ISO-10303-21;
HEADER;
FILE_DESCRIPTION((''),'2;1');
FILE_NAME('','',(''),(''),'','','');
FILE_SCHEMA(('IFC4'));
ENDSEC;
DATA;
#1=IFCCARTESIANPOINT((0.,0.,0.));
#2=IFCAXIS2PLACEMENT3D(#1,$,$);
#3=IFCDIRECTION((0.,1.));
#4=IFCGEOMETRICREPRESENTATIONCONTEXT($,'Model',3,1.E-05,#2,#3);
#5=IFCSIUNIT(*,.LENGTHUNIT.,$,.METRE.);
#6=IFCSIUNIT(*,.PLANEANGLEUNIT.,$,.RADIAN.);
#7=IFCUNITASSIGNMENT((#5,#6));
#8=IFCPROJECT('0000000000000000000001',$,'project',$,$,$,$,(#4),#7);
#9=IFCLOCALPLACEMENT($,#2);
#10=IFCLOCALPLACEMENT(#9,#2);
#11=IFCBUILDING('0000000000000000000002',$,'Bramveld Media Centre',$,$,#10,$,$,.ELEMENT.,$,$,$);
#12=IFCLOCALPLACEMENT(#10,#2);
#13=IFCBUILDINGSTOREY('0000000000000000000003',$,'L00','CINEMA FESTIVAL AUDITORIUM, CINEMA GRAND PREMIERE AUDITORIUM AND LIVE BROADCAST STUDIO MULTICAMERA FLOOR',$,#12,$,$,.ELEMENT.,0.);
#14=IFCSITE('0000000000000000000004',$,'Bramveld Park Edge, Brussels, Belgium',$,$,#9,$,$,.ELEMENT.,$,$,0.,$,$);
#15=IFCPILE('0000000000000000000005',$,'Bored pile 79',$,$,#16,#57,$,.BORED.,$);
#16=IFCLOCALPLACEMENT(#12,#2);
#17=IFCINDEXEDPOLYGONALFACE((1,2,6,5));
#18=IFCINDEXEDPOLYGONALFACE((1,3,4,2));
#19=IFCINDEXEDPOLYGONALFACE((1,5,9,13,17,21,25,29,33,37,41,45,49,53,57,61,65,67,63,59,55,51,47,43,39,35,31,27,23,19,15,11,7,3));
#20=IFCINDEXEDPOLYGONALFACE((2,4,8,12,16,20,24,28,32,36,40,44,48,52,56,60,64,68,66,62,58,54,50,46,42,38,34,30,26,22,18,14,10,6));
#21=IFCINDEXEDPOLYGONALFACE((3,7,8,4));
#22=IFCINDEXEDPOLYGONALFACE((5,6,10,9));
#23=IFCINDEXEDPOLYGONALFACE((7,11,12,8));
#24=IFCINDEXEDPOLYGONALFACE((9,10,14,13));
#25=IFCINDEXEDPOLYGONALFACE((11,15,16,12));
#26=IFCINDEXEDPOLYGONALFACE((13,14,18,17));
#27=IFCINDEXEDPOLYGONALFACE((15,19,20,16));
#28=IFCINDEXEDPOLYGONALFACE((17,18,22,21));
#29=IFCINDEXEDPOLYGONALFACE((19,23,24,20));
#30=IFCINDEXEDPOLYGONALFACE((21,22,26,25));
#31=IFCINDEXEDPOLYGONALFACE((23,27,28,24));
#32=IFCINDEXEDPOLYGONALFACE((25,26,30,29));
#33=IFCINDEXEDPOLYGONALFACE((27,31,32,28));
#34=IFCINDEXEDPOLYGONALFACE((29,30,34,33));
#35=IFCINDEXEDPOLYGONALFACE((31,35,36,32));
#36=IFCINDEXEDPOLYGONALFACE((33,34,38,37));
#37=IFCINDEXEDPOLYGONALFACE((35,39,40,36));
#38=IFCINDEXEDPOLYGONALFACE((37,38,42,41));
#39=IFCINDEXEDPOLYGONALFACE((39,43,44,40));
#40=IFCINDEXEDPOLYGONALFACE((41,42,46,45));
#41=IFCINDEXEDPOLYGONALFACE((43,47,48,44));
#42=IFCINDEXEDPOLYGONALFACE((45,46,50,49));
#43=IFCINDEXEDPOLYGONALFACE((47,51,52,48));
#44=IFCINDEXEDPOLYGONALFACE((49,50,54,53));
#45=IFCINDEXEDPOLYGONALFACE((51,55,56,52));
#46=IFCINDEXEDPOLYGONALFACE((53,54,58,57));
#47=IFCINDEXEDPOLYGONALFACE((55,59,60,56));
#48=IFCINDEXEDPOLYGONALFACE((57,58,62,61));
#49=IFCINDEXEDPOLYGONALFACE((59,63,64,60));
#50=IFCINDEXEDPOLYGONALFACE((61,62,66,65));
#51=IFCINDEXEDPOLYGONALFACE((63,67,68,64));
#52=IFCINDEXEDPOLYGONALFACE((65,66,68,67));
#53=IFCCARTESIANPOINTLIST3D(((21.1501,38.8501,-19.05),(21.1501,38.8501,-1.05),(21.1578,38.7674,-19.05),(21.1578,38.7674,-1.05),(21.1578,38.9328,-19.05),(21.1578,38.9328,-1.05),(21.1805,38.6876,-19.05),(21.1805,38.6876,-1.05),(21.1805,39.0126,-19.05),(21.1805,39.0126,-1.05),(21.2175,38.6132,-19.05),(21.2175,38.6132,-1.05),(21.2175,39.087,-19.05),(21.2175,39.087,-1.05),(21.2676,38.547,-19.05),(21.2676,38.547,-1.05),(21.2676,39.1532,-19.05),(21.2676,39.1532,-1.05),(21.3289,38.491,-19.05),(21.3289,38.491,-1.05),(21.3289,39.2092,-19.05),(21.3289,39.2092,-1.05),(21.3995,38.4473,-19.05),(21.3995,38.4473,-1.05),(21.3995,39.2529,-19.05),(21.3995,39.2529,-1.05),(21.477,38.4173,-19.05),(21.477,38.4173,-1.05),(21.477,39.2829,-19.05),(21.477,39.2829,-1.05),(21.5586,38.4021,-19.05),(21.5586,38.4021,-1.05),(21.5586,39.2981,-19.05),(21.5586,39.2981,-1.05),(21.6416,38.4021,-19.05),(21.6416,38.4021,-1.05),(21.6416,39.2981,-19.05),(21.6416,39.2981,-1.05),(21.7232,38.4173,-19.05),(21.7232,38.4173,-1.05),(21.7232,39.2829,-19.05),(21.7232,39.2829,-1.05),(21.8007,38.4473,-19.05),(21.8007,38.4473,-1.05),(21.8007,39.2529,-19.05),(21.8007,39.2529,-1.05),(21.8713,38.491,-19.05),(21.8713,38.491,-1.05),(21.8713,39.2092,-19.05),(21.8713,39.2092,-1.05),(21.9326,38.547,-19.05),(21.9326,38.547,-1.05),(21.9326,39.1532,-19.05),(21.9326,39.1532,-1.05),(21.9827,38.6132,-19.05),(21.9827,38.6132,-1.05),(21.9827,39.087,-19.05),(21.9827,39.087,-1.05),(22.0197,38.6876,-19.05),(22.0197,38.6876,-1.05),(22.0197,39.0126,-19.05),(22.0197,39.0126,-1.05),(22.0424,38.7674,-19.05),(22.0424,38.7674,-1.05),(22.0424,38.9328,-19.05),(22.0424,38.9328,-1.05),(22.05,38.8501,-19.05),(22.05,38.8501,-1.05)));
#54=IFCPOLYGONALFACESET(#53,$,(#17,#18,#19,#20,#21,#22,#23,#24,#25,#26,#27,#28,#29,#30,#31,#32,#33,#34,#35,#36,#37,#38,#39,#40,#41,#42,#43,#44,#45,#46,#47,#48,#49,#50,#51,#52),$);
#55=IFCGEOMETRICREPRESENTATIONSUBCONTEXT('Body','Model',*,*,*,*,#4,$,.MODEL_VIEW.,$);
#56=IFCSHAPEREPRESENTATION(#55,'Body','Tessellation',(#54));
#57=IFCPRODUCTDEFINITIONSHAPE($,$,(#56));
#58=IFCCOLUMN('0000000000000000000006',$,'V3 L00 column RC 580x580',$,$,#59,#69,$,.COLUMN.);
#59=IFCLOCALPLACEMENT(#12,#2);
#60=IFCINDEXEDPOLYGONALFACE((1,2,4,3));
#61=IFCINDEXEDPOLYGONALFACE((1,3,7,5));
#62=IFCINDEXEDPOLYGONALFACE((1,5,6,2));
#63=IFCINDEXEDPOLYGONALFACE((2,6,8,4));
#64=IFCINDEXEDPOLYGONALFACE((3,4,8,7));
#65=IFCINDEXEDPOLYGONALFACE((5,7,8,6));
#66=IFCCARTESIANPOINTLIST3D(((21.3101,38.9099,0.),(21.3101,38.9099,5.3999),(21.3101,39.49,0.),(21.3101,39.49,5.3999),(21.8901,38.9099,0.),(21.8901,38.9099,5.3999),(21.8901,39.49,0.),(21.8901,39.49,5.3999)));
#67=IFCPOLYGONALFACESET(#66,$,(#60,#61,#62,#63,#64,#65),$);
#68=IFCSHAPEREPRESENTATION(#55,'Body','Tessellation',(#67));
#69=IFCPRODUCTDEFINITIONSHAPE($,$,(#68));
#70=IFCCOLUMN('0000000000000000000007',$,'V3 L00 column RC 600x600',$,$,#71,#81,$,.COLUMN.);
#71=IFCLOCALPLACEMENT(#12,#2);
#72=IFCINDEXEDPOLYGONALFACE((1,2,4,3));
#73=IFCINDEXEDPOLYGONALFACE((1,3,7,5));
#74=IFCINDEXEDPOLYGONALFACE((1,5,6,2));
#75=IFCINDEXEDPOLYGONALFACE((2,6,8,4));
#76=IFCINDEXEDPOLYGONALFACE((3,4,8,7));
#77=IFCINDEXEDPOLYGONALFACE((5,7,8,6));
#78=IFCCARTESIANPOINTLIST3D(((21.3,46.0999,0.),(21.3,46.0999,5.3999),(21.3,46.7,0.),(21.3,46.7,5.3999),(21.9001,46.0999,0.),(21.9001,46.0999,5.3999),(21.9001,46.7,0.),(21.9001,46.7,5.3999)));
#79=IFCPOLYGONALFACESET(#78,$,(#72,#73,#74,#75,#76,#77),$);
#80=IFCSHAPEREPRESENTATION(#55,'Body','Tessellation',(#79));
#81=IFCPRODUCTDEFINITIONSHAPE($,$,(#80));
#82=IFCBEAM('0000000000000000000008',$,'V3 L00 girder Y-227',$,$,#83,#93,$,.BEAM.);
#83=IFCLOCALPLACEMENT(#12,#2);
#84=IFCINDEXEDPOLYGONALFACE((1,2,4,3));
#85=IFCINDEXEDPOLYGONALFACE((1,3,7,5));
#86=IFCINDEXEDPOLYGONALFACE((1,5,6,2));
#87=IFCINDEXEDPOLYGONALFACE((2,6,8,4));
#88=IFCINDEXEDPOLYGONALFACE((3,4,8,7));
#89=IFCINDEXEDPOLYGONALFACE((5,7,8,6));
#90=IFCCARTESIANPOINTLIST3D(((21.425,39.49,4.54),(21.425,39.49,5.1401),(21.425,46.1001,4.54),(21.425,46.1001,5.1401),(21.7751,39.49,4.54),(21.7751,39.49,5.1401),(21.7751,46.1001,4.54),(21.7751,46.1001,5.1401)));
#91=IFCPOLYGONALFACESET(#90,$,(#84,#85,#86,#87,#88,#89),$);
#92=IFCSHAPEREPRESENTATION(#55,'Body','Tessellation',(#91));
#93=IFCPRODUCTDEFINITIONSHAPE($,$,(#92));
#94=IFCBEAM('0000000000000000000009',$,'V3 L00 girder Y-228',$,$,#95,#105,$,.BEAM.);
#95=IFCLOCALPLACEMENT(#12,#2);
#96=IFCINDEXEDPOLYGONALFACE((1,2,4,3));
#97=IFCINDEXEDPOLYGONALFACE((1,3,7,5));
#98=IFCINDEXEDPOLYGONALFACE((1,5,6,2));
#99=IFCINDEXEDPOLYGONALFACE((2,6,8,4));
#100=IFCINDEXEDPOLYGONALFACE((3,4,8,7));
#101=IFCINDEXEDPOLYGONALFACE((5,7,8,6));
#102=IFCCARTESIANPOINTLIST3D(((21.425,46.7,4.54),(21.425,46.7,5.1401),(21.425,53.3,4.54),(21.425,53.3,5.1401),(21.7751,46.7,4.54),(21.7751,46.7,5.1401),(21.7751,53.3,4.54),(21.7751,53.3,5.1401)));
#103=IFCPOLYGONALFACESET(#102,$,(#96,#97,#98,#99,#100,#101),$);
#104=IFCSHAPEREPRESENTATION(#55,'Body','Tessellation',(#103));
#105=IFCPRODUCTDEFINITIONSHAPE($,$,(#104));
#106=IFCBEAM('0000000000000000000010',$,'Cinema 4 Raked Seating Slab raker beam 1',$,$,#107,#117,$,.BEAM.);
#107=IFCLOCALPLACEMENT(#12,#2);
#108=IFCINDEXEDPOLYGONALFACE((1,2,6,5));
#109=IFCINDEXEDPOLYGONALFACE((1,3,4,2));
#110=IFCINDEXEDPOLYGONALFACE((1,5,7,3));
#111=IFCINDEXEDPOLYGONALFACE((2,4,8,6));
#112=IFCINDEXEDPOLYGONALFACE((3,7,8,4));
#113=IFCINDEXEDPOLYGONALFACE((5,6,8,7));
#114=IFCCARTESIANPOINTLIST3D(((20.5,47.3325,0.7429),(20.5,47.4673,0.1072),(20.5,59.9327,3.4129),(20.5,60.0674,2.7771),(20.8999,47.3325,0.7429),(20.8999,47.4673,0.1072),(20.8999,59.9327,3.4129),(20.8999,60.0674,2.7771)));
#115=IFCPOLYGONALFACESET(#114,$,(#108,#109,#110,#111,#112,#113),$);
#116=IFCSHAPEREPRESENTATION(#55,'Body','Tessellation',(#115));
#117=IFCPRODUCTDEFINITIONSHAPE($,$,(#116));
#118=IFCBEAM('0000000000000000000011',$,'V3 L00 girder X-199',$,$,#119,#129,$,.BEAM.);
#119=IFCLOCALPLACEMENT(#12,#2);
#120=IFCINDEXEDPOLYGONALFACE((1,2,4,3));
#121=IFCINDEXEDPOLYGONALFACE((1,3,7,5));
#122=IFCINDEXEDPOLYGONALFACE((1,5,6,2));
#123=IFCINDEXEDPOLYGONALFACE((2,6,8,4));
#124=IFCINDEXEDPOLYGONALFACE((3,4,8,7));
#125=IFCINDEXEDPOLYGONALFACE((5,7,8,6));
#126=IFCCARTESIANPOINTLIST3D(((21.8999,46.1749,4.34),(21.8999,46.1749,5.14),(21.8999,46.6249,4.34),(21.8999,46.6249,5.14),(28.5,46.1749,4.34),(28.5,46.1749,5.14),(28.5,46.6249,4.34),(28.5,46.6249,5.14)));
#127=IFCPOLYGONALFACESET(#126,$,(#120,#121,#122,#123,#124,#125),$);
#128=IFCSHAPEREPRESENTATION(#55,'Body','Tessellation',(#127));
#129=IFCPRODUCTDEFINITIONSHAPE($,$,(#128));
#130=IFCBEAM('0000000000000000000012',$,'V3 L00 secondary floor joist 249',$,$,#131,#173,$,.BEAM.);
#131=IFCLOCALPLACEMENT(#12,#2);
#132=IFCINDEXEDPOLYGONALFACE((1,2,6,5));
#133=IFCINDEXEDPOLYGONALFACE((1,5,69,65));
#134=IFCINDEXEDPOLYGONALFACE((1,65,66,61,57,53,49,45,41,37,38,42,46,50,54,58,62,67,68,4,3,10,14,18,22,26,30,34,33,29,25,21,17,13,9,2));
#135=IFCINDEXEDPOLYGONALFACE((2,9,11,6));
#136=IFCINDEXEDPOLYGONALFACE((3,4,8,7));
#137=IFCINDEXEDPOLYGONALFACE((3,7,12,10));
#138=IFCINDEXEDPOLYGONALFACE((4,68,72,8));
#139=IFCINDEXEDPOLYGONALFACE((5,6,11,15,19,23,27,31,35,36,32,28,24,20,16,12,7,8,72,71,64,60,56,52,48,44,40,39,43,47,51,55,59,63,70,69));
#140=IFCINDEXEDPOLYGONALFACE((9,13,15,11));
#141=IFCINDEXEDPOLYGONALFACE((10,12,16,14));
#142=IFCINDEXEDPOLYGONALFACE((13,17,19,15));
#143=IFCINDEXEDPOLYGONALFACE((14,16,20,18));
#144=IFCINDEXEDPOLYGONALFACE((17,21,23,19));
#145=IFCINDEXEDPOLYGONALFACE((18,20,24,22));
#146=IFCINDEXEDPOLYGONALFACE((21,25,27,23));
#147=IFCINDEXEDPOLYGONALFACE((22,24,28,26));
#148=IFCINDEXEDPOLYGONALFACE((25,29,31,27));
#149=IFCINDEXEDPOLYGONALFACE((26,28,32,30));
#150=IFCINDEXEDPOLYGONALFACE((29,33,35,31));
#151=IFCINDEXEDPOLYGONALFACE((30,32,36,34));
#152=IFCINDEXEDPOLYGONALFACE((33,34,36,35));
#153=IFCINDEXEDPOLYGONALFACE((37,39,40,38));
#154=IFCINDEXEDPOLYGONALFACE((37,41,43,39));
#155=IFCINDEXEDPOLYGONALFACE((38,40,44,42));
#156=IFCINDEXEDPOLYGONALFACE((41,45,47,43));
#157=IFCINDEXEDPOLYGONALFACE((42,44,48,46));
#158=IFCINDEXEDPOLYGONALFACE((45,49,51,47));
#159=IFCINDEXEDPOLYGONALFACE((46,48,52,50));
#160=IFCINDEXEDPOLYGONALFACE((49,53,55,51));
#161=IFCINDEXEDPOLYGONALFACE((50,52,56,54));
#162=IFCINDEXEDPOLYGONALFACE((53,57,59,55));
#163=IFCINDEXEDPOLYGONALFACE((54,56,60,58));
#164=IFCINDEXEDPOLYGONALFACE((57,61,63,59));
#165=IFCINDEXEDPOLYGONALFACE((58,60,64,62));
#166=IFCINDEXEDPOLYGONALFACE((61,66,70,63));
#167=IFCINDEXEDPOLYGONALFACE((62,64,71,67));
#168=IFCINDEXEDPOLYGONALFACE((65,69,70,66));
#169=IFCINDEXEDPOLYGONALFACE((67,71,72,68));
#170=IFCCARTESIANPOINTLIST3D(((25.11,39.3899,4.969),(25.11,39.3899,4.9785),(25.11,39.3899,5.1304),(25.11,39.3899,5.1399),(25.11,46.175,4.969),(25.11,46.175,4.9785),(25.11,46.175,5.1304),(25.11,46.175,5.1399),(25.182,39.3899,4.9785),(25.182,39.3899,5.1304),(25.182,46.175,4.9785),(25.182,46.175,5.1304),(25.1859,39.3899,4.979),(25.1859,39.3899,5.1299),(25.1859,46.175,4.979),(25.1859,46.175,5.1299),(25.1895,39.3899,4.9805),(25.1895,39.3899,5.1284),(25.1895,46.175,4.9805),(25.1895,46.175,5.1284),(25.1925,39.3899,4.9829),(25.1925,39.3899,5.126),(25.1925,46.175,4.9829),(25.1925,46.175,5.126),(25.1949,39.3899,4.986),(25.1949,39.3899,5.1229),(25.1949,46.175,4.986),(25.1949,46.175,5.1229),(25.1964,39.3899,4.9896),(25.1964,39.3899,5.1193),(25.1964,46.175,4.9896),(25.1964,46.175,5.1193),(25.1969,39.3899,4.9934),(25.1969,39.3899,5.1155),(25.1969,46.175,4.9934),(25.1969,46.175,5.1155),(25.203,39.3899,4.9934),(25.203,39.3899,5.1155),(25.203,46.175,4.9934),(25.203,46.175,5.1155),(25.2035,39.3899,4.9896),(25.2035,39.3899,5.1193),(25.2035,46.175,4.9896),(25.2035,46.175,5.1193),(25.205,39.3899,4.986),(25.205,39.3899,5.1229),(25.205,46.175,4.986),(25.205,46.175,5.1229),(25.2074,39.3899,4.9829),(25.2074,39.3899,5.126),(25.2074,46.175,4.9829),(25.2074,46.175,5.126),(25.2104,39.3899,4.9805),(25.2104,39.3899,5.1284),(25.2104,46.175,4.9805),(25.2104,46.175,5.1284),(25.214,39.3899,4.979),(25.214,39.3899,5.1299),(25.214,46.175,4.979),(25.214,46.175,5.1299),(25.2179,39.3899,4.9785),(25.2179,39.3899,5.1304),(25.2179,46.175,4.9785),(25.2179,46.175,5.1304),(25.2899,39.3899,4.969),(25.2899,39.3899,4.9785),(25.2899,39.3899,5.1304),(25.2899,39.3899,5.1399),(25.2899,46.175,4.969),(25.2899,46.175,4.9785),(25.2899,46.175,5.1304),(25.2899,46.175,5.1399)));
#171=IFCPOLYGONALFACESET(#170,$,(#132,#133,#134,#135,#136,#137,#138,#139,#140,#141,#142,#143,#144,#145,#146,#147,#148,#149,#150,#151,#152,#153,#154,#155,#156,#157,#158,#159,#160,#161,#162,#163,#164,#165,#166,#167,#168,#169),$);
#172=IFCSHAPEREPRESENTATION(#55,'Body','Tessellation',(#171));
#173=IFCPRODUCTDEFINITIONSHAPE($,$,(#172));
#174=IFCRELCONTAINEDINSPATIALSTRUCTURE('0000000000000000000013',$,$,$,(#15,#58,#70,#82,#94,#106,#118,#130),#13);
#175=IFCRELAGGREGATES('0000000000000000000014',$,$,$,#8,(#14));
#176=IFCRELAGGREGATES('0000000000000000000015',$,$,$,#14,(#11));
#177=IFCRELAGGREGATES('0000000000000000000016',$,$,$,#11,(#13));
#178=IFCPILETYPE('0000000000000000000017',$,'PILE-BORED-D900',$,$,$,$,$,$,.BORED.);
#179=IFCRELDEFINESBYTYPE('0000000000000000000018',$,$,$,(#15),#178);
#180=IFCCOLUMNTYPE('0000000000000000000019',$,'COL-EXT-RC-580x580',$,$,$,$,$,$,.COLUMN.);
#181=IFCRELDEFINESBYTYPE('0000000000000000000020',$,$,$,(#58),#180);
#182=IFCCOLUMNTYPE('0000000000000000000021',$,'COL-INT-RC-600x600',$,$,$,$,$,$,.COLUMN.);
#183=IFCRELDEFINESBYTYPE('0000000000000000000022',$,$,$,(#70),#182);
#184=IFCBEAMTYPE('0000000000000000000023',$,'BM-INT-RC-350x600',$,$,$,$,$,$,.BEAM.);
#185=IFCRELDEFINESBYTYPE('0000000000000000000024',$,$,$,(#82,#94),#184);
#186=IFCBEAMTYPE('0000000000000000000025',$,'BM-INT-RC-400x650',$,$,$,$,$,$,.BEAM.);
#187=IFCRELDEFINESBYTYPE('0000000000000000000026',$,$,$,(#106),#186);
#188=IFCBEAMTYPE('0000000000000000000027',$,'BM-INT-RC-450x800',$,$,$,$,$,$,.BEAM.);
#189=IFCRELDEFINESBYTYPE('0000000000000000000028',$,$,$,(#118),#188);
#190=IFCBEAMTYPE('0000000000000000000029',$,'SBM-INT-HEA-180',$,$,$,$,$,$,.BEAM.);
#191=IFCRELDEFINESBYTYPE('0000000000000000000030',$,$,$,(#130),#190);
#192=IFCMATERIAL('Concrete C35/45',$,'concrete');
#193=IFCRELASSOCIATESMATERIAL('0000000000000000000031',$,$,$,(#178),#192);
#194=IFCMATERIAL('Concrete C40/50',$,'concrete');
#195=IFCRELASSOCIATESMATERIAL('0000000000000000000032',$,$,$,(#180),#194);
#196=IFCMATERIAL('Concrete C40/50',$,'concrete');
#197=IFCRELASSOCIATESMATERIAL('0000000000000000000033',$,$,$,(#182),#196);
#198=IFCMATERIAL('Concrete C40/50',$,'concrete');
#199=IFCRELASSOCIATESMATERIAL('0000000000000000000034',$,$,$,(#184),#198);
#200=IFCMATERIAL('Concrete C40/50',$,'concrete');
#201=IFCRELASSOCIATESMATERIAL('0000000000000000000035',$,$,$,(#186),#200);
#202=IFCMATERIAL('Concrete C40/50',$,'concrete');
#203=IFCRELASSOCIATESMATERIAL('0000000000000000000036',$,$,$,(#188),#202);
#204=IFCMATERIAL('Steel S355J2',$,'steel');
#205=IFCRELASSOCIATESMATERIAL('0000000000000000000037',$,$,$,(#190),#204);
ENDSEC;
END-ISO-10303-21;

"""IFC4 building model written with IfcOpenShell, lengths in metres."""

from ifc_helpers import new_model, si_unit, direction, frame, origin, origin_2d, place, context, subcontext, project, spatial, rectangle, circle, i_section, extrude, material, material_profile, profile_set, type_object, element, save


model = new_model("IFC4")

# Units and contexts
model_context = context("Model", 3, precision=1e-05, world=origin(), true_north=direction((0.0, 1.0)))
body_context = subcontext(model_context, "Body", "Model", "MODEL_VIEW")
ifc_project = project(units=[si_unit("LENGTHUNIT", "METRE"), si_unit("PLANEANGLEUNIT", "RADIAN")], contexts=[model_context])

# Site, building, storey
site_placement = place(None, origin())
site = spatial("IfcSite", under=ifc_project, at=site_placement, Name="Bramveld Park Edge, Brussels, Belgium", CompositionType="ELEMENT", RefElevation=0.0)
building_placement = place(site_placement, origin())
building = spatial("IfcBuilding", under=site, at=building_placement, Name="Bramveld Media Centre", CompositionType="ELEMENT")
storey_placement = place(building_placement, origin())
storey = spatial("IfcBuildingStorey", under=building, at=storey_placement, Name="L00", Description="CINEMA FESTIVAL AUDITORIUM, CINEMA GRAND PREMIERE AUDITORIUM AND LIVE BROADCAST STUDIO MULTICAMERA FLOOR", CompositionType="ELEMENT", Elevation=0.0)

# Pile
ifc_material_1 = material(Name="Concrete C35/45", Category="concrete")
ifc_material_profile_1 = material_profile(ifc_material_1, circle(Radius=0.45, at=origin_2d()), Name="BORED D900")
ifc_profile_set_1 = profile_set([ifc_material_profile_1], Name="Concrete C35/45")
pile_type_1 = type_object("IfcPileType", Name="PILE-BORED-D900", PredefinedType="BORED", material=ifc_profile_set_1)
for number, where, z_axis, x_axis, name in (
    (1, (21.6001, 38.8501, -1.05), (0.0, 0.0, -1.0), (1.0, 0.0, 0.0), "Bored pile 79"),
):
    element("IfcPile", number, at=place(storey_placement, frame(where, z_axis=z_axis, x_axis=x_axis)), inside=storey, type_object=pile_type_1, Name=name, PredefinedType="BORED", context=body_context, shape_type="SweptSolid", body=[
        extrude(circle(Radius=0.45, at=origin_2d()), origin(), (0.0, 0.0, 1.0), 18.0),
    ])

# Columns
ifc_material_2 = material(Name="Concrete C40/50", Category="concrete")
ifc_material_profile_2 = material_profile(ifc_material_2, rectangle(XDim=0.5801, YDim=0.5801, at=origin_2d()), Name="RC 580x580")
ifc_profile_set_2 = profile_set([ifc_material_profile_2], Name="Concrete C40/50")
column_type_1 = type_object("IfcColumnType", Name="COL-EXT-RC-580x580", PredefinedType="COLUMN", material=ifc_profile_set_2)
column_1_placement = place(storey_placement, frame((21.6001, 39.2, 0.0), z_axis=(0.0, 0.0, 1.0), x_axis=(1.0, 0.0, 0.0)))
element("IfcColumn", 2, at=column_1_placement, inside=storey, type_object=column_type_1, Name="V3 L00 column RC 580x580", PredefinedType="COLUMN", context=body_context, shape_type="SweptSolid", body=[
    extrude(rectangle(XDim=0.5801, YDim=0.5801, at=origin_2d()), origin(), (0.0, 0.0, 1.0), 5.3999),
])
ifc_material_3 = material(Name="Concrete C40/50", Category="concrete")
ifc_material_profile_3 = material_profile(ifc_material_3, rectangle(XDim=0.6001, YDim=0.6001, at=origin_2d()), Name="RC 600x600")
ifc_profile_set_3 = profile_set([ifc_material_profile_3], Name="Concrete C40/50")
column_type_2 = type_object("IfcColumnType", Name="COL-INT-RC-600x600", PredefinedType="COLUMN", material=ifc_profile_set_3)
column_2_placement = place(storey_placement, frame((21.6001, 46.3999, 0.0), z_axis=(0.0, 0.0, 1.0), x_axis=(1.0, 0.0, 0.0)))
element("IfcColumn", 3, at=column_2_placement, inside=storey, type_object=column_type_2, Name="V3 L00 column RC 600x600", PredefinedType="COLUMN", context=body_context, shape_type="SweptSolid", body=[
    extrude(rectangle(XDim=0.6001, YDim=0.6001, at=origin_2d()), origin(), (0.0, 0.0, 1.0), 5.3999),
])

# Beams
ifc_material_4 = material(Name="Concrete C40/50", Category="concrete")
ifc_material_profile_4 = material_profile(ifc_material_4, rectangle(XDim=0.3501, YDim=0.6001, at=origin_2d()), Name="RC 350x600")
ifc_profile_set_4 = profile_set([ifc_material_profile_4], Name="Concrete C40/50")
beam_type_1 = type_object("IfcBeamType", Name="BM-INT-RC-350x600", PredefinedType="BEAM", material=ifc_profile_set_4)
beam_1_placement = place(storey_placement, frame((21.6001, 39.49, 4.8401), z_axis=(0.0, 1.0, 0.0), x_axis=(-1.0, 0.0, 0.0)))
element("IfcBeam", 4, at=beam_1_placement, inside=storey, type_object=beam_type_1, Name="V3 L00 girder Y-227", PredefinedType="BEAM", context=body_context, shape_type="SweptSolid", body=[
    extrude(rectangle(XDim=0.3501, YDim=0.6001, at=origin_2d()), origin(), (0.0, 0.0, 1.0), 6.6101),
])
beam_2_placement = place(storey_placement, frame((21.6001, 46.7, 4.8401), z_axis=(0.0, 1.0, 0.0), x_axis=(-1.0, 0.0, 0.0)))
element("IfcBeam", 5, at=beam_2_placement, inside=storey, type_object=beam_type_1, Name="V3 L00 girder Y-228", PredefinedType="BEAM", context=body_context, shape_type="SweptSolid", body=[
    extrude(rectangle(XDim=0.3501, YDim=0.6001, at=origin_2d()), origin(), (0.0, 0.0, 1.0), 6.6001),
])
ifc_material_5 = material(Name="Concrete C40/50", Category="concrete")
ifc_material_profile_5 = material_profile(ifc_material_5, rectangle(XDim=0.3999, YDim=0.6499, at=origin_2d()), Name="RC 400x650")
ifc_profile_set_5 = profile_set([ifc_material_profile_5], Name="Concrete C40/50")
beam_type_2 = type_object("IfcBeamType", Name="BM-INT-RC-400x650", PredefinedType="BEAM", material=ifc_profile_set_5)
beam_3_placement = place(storey_placement, frame((20.7, 47.3999, 0.425), z_axis=(0.0, 0.978279, 0.207294), x_axis=(-1.0, 0.0, 0.0)))
element("IfcBeam", 6, at=beam_3_placement, inside=storey, type_object=beam_type_2, Name="Cinema 4 Raked Seating Slab raker beam 1", PredefinedType="BEAM", context=body_context, shape_type="SweptSolid", body=[
    extrude(rectangle(XDim=0.3999, YDim=0.6499, at=origin_2d()), origin(), (0.0, 0.0, 1.0), 12.8799),
])
ifc_material_6 = material(Name="Concrete C40/50", Category="concrete")
ifc_material_profile_6 = material_profile(ifc_material_6, rectangle(XDim=0.45, YDim=0.8, at=origin_2d()), Name="RC 450x800")
ifc_profile_set_6 = profile_set([ifc_material_profile_6], Name="Concrete C40/50")
beam_type_3 = type_object("IfcBeamType", Name="BM-INT-RC-450x800", PredefinedType="BEAM", material=ifc_profile_set_6)
beam_4_placement = place(storey_placement, frame((21.8999, 46.3999, 4.74), z_axis=(1.0, 0.0, 0.0), x_axis=(0.0, 1.0, 0.0)))
element("IfcBeam", 7, at=beam_4_placement, inside=storey, type_object=beam_type_3, Name="V3 L00 girder X-199", PredefinedType="BEAM", context=body_context, shape_type="SweptSolid", body=[
    extrude(rectangle(XDim=0.45, YDim=0.8, at=origin_2d()), origin(), (0.0, 0.0, 1.0), 6.6001),
])
ifc_material_7 = material(Name="Steel S355J2", Category="steel")
ifc_material_profile_7 = material_profile(ifc_material_7, i_section(OverallWidth=0.1799, OverallDepth=0.1709, WebThickness=0.0061, FlangeThickness=0.0095, FilletRadius=0.0149, at=origin_2d()), Name="HEA 180")
ifc_profile_set_7 = profile_set([ifc_material_profile_7], Name="Steel S355J2")
beam_type_4 = type_object("IfcBeamType", Name="SBM-INT-HEA-180", PredefinedType="BEAM", material=ifc_profile_set_7)
beam_5_placement = place(storey_placement, frame((25.2, 39.3899, 5.0544), z_axis=(0.0, 1.0, 0.0), x_axis=(-1.0, 0.0, 0.0)))
element("IfcBeam", 8, at=beam_5_placement, inside=storey, type_object=beam_type_4, Name="V3 L00 secondary floor joist 249", PredefinedType="BEAM", context=body_context, shape_type="SweptSolid", body=[
    extrude(i_section(OverallWidth=0.1799, OverallDepth=0.1709, WebThickness=0.0061, FlangeThickness=0.0095, FilletRadius=0.0149, at=origin_2d()), origin(), (0.0, 0.0, 1.0), 6.7852),
])

save(model, "model.ifc")
